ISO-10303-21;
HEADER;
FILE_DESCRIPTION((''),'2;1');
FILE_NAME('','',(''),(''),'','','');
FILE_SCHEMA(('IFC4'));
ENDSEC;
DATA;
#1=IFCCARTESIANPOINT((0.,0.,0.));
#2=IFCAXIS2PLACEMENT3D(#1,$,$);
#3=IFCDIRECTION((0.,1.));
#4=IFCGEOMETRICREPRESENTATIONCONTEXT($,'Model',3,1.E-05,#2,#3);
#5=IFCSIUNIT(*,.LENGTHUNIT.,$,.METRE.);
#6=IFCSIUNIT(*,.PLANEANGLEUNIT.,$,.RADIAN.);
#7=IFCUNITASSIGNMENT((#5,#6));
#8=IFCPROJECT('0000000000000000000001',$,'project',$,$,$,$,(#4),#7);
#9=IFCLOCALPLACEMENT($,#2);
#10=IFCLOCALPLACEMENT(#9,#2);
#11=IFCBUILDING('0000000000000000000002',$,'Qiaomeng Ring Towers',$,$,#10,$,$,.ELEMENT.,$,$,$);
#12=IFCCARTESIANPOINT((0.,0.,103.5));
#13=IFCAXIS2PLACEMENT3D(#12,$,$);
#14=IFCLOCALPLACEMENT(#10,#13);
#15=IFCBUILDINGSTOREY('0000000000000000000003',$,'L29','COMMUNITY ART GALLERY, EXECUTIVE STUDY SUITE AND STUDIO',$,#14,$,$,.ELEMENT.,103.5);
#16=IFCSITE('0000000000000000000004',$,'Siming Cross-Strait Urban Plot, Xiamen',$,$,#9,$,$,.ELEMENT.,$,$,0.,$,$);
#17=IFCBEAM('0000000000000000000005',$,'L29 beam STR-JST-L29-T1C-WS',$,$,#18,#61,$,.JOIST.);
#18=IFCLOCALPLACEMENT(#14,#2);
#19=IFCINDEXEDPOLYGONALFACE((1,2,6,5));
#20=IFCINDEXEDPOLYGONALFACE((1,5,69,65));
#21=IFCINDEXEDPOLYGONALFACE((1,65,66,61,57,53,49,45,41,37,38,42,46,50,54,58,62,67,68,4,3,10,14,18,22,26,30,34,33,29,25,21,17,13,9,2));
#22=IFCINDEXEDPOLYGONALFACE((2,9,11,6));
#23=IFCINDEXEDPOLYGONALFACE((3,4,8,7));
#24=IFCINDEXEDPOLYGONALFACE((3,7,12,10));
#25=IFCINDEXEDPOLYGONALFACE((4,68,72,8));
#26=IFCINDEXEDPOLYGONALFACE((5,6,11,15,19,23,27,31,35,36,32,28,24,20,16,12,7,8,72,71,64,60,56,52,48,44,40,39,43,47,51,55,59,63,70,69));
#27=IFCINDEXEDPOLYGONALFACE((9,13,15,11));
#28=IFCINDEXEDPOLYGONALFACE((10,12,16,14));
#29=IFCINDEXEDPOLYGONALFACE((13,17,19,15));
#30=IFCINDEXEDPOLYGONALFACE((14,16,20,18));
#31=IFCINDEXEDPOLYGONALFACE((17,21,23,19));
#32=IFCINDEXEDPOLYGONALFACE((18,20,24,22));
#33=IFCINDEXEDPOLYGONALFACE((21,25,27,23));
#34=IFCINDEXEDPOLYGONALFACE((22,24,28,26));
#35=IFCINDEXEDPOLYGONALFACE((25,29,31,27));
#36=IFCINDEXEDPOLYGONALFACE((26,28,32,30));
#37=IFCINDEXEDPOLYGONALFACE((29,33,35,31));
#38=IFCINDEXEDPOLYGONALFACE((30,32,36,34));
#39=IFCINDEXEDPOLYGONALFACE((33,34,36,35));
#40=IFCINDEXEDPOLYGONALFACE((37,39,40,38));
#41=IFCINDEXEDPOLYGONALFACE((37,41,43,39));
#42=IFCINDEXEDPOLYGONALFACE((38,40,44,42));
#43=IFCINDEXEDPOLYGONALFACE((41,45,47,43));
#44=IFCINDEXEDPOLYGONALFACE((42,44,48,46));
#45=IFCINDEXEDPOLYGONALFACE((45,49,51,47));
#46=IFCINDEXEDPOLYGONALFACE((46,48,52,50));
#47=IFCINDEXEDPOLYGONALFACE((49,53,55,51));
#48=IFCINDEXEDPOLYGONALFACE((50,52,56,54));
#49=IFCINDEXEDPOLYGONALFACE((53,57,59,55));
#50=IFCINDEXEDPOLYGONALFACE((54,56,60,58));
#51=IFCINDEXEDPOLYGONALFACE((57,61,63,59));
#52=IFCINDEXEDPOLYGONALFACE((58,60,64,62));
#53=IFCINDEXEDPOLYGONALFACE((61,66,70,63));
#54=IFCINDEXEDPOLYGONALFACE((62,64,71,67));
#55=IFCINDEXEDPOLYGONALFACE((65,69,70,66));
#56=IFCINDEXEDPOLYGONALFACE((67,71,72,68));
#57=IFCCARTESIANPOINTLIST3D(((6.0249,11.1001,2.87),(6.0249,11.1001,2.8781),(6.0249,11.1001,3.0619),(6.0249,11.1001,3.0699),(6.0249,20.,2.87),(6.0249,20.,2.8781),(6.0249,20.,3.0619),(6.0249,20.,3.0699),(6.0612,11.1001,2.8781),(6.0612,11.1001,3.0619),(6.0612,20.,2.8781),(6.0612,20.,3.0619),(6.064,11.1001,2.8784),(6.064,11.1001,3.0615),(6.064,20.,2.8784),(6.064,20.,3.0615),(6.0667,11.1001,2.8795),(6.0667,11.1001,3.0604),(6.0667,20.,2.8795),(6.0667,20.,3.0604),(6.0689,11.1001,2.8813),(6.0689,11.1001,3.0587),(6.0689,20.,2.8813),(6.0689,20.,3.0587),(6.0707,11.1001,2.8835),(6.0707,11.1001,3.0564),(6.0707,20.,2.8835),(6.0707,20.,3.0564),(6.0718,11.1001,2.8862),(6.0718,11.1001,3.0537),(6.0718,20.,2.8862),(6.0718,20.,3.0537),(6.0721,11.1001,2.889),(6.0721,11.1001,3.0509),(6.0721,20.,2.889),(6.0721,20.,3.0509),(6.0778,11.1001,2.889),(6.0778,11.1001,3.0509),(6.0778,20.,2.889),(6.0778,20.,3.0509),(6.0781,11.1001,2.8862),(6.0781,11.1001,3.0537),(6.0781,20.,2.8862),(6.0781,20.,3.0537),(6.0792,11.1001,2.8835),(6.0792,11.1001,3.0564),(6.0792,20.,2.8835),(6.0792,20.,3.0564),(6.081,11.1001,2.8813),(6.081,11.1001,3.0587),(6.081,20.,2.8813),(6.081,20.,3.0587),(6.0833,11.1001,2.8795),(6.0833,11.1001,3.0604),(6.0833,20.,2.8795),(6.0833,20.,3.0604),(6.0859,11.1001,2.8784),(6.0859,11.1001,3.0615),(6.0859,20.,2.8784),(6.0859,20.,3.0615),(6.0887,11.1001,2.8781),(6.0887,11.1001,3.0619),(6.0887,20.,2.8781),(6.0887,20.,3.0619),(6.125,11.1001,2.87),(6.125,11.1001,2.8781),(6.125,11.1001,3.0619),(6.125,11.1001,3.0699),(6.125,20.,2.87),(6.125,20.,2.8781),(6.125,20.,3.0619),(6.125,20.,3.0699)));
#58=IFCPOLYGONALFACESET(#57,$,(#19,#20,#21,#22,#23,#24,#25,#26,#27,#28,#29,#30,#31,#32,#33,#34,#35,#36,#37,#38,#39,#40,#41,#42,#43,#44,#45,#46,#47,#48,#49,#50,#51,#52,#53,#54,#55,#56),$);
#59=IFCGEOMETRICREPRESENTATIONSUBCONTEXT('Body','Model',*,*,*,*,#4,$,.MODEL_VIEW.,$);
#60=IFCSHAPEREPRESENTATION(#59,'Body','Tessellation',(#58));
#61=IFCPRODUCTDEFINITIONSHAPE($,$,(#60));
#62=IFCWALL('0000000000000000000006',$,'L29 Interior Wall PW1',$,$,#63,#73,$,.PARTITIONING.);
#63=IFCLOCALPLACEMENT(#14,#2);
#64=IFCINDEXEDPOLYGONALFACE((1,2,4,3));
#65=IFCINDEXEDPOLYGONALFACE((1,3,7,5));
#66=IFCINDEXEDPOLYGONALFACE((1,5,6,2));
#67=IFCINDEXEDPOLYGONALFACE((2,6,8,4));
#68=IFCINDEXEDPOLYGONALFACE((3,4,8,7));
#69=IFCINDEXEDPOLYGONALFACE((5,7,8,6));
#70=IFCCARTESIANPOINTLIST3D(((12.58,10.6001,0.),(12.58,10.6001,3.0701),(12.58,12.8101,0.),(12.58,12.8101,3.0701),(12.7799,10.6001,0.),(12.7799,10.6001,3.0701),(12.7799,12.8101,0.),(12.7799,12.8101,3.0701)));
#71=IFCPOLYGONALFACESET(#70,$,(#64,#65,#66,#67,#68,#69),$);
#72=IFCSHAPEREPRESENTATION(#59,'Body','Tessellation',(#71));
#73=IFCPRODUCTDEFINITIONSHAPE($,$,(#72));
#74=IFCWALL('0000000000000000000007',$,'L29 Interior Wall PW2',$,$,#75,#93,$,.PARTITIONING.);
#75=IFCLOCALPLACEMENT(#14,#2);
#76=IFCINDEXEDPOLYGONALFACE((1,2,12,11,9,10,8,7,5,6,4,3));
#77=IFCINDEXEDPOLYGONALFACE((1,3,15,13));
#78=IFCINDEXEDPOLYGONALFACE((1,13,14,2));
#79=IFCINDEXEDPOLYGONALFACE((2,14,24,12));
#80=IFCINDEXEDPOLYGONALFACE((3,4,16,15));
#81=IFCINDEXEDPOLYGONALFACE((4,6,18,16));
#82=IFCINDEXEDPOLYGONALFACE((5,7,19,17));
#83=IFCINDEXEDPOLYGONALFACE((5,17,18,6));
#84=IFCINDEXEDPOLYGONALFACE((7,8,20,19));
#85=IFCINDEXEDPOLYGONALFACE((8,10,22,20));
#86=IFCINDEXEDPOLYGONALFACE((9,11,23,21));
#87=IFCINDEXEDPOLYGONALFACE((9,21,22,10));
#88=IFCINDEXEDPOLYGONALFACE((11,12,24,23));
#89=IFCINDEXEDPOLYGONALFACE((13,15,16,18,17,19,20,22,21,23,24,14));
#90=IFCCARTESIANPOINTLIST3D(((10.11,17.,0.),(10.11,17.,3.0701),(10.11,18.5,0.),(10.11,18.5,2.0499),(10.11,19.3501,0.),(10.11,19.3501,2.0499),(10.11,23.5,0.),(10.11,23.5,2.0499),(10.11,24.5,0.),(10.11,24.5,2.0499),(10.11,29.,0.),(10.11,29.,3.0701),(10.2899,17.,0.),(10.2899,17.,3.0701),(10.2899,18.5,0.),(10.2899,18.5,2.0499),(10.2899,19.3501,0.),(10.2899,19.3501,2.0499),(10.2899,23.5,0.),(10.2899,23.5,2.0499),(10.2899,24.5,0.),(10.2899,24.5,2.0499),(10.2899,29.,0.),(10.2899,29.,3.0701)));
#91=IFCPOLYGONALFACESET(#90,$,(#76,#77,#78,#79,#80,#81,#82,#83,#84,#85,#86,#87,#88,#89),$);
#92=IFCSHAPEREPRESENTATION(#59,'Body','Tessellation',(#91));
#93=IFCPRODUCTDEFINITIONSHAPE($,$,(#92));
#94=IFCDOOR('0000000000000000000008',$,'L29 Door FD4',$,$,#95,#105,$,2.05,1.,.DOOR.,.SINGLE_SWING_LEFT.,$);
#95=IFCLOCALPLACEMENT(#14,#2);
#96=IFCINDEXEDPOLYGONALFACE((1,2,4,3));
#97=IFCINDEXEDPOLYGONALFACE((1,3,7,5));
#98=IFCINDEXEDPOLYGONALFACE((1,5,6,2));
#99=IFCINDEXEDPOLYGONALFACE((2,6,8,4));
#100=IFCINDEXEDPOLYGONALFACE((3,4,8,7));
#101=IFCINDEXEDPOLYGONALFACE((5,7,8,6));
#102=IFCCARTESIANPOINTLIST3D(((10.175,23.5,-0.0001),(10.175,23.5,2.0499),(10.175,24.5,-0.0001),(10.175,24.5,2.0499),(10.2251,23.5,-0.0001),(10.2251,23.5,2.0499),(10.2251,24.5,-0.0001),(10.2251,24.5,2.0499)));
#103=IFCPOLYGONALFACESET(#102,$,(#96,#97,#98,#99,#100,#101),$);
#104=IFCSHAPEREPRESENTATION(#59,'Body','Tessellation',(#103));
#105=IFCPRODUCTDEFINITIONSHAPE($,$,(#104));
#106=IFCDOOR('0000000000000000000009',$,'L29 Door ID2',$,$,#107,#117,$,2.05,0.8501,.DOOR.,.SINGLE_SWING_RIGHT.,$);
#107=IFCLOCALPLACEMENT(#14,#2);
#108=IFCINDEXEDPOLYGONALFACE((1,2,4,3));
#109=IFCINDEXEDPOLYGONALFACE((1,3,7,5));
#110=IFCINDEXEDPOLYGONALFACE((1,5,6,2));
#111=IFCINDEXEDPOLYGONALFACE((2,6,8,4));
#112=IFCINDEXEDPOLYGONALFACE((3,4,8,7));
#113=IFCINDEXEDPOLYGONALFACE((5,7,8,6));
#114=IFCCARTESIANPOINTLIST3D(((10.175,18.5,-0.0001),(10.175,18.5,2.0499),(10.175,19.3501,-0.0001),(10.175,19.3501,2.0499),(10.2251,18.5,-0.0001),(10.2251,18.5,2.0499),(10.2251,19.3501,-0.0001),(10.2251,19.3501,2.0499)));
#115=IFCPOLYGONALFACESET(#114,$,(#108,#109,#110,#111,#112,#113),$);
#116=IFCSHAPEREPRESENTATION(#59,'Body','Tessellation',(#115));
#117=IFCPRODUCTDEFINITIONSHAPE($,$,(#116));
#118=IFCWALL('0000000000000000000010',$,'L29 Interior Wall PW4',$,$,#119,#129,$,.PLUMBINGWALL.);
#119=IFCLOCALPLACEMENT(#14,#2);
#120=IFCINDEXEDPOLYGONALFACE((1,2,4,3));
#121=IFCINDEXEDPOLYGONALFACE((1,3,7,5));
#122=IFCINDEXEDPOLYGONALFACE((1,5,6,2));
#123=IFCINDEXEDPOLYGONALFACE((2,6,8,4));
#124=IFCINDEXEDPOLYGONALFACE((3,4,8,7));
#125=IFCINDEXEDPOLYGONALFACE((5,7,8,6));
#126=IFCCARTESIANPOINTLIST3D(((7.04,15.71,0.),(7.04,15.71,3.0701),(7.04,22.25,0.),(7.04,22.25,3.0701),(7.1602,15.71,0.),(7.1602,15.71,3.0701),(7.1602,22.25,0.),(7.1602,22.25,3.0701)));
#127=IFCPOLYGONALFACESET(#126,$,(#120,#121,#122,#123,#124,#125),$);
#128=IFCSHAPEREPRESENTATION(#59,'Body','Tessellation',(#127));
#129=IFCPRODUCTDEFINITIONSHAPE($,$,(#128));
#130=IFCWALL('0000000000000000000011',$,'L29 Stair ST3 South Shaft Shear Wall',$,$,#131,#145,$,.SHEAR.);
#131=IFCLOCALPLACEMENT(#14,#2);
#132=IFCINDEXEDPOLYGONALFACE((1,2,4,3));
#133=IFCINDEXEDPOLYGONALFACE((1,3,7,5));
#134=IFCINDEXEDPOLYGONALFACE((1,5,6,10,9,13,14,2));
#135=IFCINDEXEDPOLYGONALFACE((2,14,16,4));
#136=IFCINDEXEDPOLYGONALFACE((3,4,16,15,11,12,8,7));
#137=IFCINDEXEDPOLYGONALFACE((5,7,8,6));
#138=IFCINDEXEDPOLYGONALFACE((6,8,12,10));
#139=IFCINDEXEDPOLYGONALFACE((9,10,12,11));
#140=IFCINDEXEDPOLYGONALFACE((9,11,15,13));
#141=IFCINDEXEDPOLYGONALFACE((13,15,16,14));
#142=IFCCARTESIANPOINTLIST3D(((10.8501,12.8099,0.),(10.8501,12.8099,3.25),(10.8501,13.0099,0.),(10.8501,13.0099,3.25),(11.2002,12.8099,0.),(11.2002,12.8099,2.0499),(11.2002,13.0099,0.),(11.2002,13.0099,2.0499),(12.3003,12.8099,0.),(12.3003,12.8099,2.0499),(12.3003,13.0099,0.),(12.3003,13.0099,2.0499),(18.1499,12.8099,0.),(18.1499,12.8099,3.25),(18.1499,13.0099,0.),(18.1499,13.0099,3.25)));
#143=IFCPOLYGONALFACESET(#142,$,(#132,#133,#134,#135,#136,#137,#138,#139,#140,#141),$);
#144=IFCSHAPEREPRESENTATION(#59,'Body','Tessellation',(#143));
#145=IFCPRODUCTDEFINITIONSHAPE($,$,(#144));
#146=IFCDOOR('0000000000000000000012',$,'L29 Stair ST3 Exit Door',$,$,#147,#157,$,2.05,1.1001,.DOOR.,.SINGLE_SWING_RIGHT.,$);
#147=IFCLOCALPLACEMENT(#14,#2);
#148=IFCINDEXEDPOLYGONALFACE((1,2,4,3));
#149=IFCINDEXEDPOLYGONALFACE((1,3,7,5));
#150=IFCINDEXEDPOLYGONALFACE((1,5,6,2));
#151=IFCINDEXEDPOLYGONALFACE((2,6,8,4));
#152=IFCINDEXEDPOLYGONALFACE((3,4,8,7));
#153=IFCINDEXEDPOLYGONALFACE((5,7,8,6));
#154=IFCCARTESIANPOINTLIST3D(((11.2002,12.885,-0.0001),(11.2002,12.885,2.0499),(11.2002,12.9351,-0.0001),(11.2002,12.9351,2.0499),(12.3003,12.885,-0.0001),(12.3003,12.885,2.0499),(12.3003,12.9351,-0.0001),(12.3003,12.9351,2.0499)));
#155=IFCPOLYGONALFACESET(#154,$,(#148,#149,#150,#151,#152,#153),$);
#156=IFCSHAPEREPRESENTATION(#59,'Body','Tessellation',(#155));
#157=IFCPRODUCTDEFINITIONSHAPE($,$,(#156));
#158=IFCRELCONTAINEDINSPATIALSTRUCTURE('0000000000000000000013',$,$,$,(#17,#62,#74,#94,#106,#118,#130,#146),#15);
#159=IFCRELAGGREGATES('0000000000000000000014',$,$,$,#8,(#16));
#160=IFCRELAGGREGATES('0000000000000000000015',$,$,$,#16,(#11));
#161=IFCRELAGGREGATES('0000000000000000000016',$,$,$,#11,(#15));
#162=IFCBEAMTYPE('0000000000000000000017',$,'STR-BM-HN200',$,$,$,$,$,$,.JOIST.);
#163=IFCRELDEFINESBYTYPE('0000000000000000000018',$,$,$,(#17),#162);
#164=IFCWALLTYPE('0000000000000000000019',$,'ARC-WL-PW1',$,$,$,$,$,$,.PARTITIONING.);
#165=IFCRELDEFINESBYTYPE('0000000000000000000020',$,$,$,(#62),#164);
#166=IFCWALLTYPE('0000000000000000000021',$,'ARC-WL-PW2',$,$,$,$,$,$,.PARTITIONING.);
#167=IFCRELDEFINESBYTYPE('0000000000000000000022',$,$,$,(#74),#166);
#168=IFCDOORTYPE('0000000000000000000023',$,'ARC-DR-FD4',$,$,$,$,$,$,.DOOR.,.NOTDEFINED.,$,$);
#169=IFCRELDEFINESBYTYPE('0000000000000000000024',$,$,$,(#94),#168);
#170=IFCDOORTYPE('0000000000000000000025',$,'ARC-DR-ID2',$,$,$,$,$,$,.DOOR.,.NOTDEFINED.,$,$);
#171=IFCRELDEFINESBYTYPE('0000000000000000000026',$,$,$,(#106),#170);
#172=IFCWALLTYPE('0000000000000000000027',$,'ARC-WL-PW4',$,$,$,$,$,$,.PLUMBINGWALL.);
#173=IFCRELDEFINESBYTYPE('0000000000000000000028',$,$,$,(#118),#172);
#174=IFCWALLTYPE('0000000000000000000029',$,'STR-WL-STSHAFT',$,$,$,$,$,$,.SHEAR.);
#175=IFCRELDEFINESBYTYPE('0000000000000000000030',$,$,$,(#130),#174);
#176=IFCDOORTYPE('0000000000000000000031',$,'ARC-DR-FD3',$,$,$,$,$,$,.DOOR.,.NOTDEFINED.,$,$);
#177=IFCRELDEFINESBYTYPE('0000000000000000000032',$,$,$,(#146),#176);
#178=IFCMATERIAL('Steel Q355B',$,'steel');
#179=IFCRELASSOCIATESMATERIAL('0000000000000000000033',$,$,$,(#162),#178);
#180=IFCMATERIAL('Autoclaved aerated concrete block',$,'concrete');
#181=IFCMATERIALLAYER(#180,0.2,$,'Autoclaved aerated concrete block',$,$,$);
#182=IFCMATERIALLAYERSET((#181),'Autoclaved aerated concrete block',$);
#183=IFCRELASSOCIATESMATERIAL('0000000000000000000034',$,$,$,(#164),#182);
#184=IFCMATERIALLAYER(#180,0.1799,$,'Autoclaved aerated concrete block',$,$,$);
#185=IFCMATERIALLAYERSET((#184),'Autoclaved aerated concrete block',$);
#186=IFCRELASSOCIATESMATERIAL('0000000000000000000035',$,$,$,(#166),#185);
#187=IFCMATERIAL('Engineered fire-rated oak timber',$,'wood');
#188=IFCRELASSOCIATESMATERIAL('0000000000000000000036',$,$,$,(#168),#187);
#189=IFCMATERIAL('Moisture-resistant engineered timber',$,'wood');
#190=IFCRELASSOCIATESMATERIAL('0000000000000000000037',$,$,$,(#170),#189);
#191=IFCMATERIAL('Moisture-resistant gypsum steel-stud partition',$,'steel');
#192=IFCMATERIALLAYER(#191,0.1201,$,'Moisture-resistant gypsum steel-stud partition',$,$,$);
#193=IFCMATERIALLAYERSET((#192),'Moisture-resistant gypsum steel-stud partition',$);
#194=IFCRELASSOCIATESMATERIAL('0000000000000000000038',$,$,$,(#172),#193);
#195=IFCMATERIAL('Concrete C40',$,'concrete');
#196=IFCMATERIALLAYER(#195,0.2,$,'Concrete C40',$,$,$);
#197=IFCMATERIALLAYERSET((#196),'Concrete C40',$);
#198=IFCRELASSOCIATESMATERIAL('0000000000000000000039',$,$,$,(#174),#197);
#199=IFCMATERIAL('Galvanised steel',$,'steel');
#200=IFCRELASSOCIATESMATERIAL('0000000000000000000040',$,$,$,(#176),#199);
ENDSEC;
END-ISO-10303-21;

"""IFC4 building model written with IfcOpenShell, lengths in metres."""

from ifc_helpers import new_model, si_unit, direction, frame, frame_2d, origin, origin_2d, place, context, subcontext, project, spatial, rectangle, i_section, extrude, source, transform, mapped, material, layer, layer_set, material_profile, profile_set, type_object, element, fill, save


model = new_model("IFC4")

# Units and contexts
model_context = context("Model", 3, precision=1e-05, world=origin(), true_north=direction((0.0, 1.0)))
body_context = subcontext(model_context, "Body", "Model", "MODEL_VIEW")
ifc_project = project(units=[si_unit("LENGTHUNIT", "METRE"), si_unit("PLANEANGLEUNIT", "RADIAN")], contexts=[model_context])

# Site, building, storey
site_placement = place(None, origin())
site = spatial("IfcSite", under=ifc_project, at=site_placement, Name="Siming Cross-Strait Urban Plot, Xiamen", CompositionType="ELEMENT", RefElevation=0.0)
building_placement = place(site_placement, origin())
building = spatial("IfcBuilding", under=site, at=building_placement, Name="Qiaomeng Ring Towers", CompositionType="ELEMENT")
storey_placement = place(building_placement, frame((0.0, 0.0, 103.5)))
storey = spatial("IfcBuildingStorey", under=building, at=storey_placement, Name="L29", Description="COMMUNITY ART GALLERY, EXECUTIVE STUDY SUITE AND STUDIO", CompositionType="ELEMENT", Elevation=103.5)

# Beam
ifc_material_1 = material(Name="Steel Q355B", Category="steel")
ifc_material_profile = material_profile(ifc_material_1, i_section(OverallWidth=0.1001, OverallDepth=0.2, WebThickness=0.0056, FlangeThickness=0.0081, FilletRadius=0.011, at=origin_2d()), Name="HN 200x100x5.5x8")
ifc_profile_set = profile_set([ifc_material_profile], Name="Steel Q355B")
beam_type = type_object("IfcBeamType", Name="STR-BM-HN200", PredefinedType="JOIST", material=ifc_profile_set)
shared_shape_1 = source(origin(), body_context, "Body", "SweptSolid", [
    extrude(i_section(OverallWidth=0.1001, OverallDepth=0.2, WebThickness=0.0056, FlangeThickness=0.0081, FilletRadius=0.011, at=origin_2d()), origin(), (0.0, 0.0, 1.0), 8.8999),
])
beam_placement = place(storey_placement, frame((6.075, 11.1001, 2.97), z_axis=(0.0, 1.0, 0.0), x_axis=(-1.0, 0.0, 0.0)))
element("IfcBeam", 1, at=beam_placement, inside=storey, type_object=beam_type, Name="L29 beam STR-JST-L29-T1C-WS", PredefinedType="JOIST", context=body_context, shape_type="MappedRepresentation", body=[
    mapped(shared_shape_1, transform((0.0, 0.0, 0.0), x_axis=(1.0, 0.0, 0.0), y_axis=(0.0, 1.0, 0.0), z_axis=(0.0, 0.0, 1.0), scale=1.0)),
])

# Wall
ifc_material_2 = material(Name="Autoclaved aerated concrete block", Category="concrete")
ifc_layer_1 = layer(ifc_material_2, 0.2, Name="Autoclaved aerated concrete block")
ifc_layer_set_1 = layer_set([ifc_layer_1], Name="Autoclaved aerated concrete block")
wall_type_1 = type_object("IfcWallType", Name="ARC-WL-PW1", PredefinedType="PARTITIONING", material=ifc_layer_set_1)
wall_1_placement = place(storey_placement, frame((12.6799, 10.6001, 0.0), z_axis=(0.0, 0.0, 1.0), x_axis=(0.0, 1.0, 0.0)))
element("IfcWall", 2, at=wall_1_placement, inside=storey, type_object=wall_type_1, Name="L29 Interior Wall PW1", PredefinedType="PARTITIONING", context=body_context, shape_type="SweptSolid", body=[
    extrude(rectangle(XDim=2.21, YDim=0.2, at=frame_2d((1.105, 0.0))), origin(), (0.0, 0.0, 1.0), 3.0701),
])

# Wall, openings, doors
ifc_layer_2 = layer(ifc_material_2, 0.1799, Name="Autoclaved aerated concrete block")
ifc_layer_set_2 = layer_set([ifc_layer_2], Name="Autoclaved aerated concrete block")
wall_type_2 = type_object("IfcWallType", Name="ARC-WL-PW2", PredefinedType="PARTITIONING", material=ifc_layer_set_2)
wall_2_placement = place(storey_placement, frame((10.2, 17.0, 0.0), z_axis=(0.0, 0.0, 1.0), x_axis=(0.0, 1.0, 0.0)))
wall_2 = element("IfcWall", 3, at=wall_2_placement, inside=storey, type_object=wall_type_2, Name="L29 Interior Wall PW2", PredefinedType="PARTITIONING", context=body_context, shape_type="SweptSolid", body=[
    extrude(rectangle(XDim=12.0, YDim=0.1799, at=frame_2d((6.0, 0.0))), origin(), (0.0, 0.0, 1.0), 3.0701),
])
opening_1_placement = place(wall_2_placement, frame((1.5, 0.0, 0.0)))
opening_1 = element("IfcOpeningElement", 4, at=opening_1_placement, cuts=wall_2, PredefinedType="OPENING", context=body_context, shape_type="SweptSolid", body=[
    extrude(rectangle(XDim=0.8501, YDim=2.05, at=frame_2d((0.425, 1.0249))), frame((0.0, 0.0999, 0.0), z_axis=(0.0, -1.0, 0.0), x_axis=(1.0, 0.0, 0.0)), (0.0, 0.0, 1.0), 0.2),
])
opening_2_placement = place(wall_2_placement, frame((6.5, 0.0, 0.0)))
opening_2 = element("IfcOpeningElement", 5, at=opening_2_placement, cuts=wall_2, PredefinedType="OPENING", context=body_context, shape_type="SweptSolid", body=[
    extrude(rectangle(XDim=1.0, YDim=2.05, at=frame_2d((0.5, 1.0249))), frame((0.0, 0.0999, 0.0), z_axis=(0.0, -1.0, 0.0), x_axis=(1.0, 0.0, 0.0)), (0.0, 0.0, 1.0), 0.2),
])
ifc_material_3 = material(Name="Engineered fire-rated oak timber", Category="wood")
door_type_1 = type_object("IfcDoorType", Name="ARC-DR-FD4", OperationType="NOTDEFINED", PredefinedType="DOOR", material=ifc_material_3)
shared_shape_2 = source(origin(), body_context, "Body", "SweptSolid", [
    extrude(rectangle(XDim=1.0, YDim=2.05, at=frame_2d((0.5, 1.0249))), frame((0.0, 0.0249, 0.0), z_axis=(0.0, -1.0, 0.0), x_axis=(1.0, 0.0, 0.0)), (0.0, 0.0, 1.0), 0.05),
])
door_1_placement = place(opening_2_placement, origin())
door_1 = element("IfcDoor", 6, at=door_1_placement, inside=storey, type_object=door_type_1, Name="L29 Door FD4", OperationType="SINGLE_SWING_LEFT", OverallHeight=2.05, OverallWidth=1.0, PredefinedType="DOOR", context=body_context, shape_type="MappedRepresentation", body=[
    mapped(shared_shape_2, transform((0.0, 0.0, 0.0), x_axis=(1.0, 0.0, 0.0), y_axis=(0.0, 1.0, 0.0), z_axis=(0.0, 0.0, 1.0), scale=1.0)),
])
fill(opening_2, door_1)
ifc_material_4 = material(Name="Moisture-resistant engineered timber", Category="wood")
door_type_2 = type_object("IfcDoorType", Name="ARC-DR-ID2", OperationType="NOTDEFINED", PredefinedType="DOOR", material=ifc_material_4)
shared_shape_3 = source(origin(), body_context, "Body", "SweptSolid", [
    extrude(rectangle(XDim=0.8501, YDim=2.05, at=frame_2d((0.425, 1.0249))), frame((0.0, 0.0249, 0.0), z_axis=(0.0, -1.0, 0.0), x_axis=(1.0, 0.0, 0.0)), (0.0, 0.0, 1.0), 0.05),
])
door_2_placement = place(opening_1_placement, origin())
door_2 = element("IfcDoor", 7, at=door_2_placement, inside=storey, type_object=door_type_2, Name="L29 Door ID2", OperationType="SINGLE_SWING_RIGHT", OverallHeight=2.05, OverallWidth=0.8501, PredefinedType="DOOR", context=body_context, shape_type="MappedRepresentation", body=[
    mapped(shared_shape_3, transform((0.0, 0.0, 0.0), x_axis=(1.0, 0.0, 0.0), y_axis=(0.0, 1.0, 0.0), z_axis=(0.0, 0.0, 1.0), scale=1.0)),
])
fill(opening_1, door_2)

# Wall
ifc_material_5 = material(Name="Moisture-resistant gypsum steel-stud partition", Category="steel")
ifc_layer_3 = layer(ifc_material_5, 0.1201, Name="Moisture-resistant gypsum steel-stud partition")
ifc_layer_set_3 = layer_set([ifc_layer_3], Name="Moisture-resistant gypsum steel-stud partition")
wall_type_3 = type_object("IfcWallType", Name="ARC-WL-PW4", PredefinedType="PLUMBINGWALL", material=ifc_layer_set_3)
wall_3_placement = place(storey_placement, frame((7.1001, 15.71, 0.0), z_axis=(0.0, 0.0, 1.0), x_axis=(0.0, 1.0, 0.0)))
element("IfcWall", 8, at=wall_3_placement, inside=storey, type_object=wall_type_3, Name="L29 Interior Wall PW4", PredefinedType="PLUMBINGWALL", context=body_context, shape_type="SweptSolid", body=[
    extrude(rectangle(XDim=6.54, YDim=0.1201, at=frame_2d((3.27, 0.0))), origin(), (0.0, 0.0, 1.0), 3.0701),
])

# Wall, opening, door
ifc_material_6 = material(Name="Concrete C40", Category="concrete")
ifc_layer_4 = layer(ifc_material_6, 0.2, Name="Concrete C40")
ifc_layer_set_4 = layer_set([ifc_layer_4], Name="Concrete C40")
wall_type_4 = type_object("IfcWallType", Name="STR-WL-STSHAFT", PredefinedType="SHEAR", material=ifc_layer_set_4)
wall_4_placement = place(storey_placement, frame((10.8501, 12.9099, 0.0), z_axis=(0.0, 0.0, 1.0), x_axis=(1.0, 0.0, 0.0)))
wall_4 = element("IfcWall", 9, at=wall_4_placement, inside=storey, type_object=wall_type_4, Name="L29 Stair ST3 South Shaft Shear Wall", PredefinedType="SHEAR", context=body_context, shape_type="SweptSolid", body=[
    extrude(rectangle(XDim=7.2998, YDim=0.2, at=frame_2d((3.6499, 0.0))), origin(), (0.0, 0.0, 1.0), 3.25),
])
opening_3_placement = place(wall_4_placement, frame((0.3501, 0.0, 0.0)))
opening_3 = element("IfcOpeningElement", 10, at=opening_3_placement, cuts=wall_4, PredefinedType="OPENING", context=body_context, shape_type="SweptSolid", body=[
    extrude(rectangle(XDim=1.1001, YDim=2.05, at=frame_2d((0.55, 1.0249))), frame((0.0, 0.1099, 0.0), z_axis=(0.0, -1.0, 0.0), x_axis=(1.0, 0.0, 0.0)), (0.0, 0.0, 1.0), 0.22),
])
ifc_material_7 = material(Name="Galvanised steel", Category="steel")
door_type_3 = type_object("IfcDoorType", Name="ARC-DR-FD3", OperationType="NOTDEFINED", PredefinedType="DOOR", material=ifc_material_7)
shared_shape_4 = source(origin(), body_context, "Body", "SweptSolid", [
    extrude(rectangle(XDim=1.1001, YDim=2.05, at=frame_2d((0.55, 1.0249))), frame((0.0, 0.0249, 0.0), z_axis=(0.0, -1.0, 0.0), x_axis=(1.0, 0.0, 0.0)), (0.0, 0.0, 1.0), 0.05),
])
door_3_placement = place(opening_3_placement, frame((1.1001, 0.0, 0.0), z_axis=(0.0, 0.0, 1.0), x_axis=(-1.0, 0.0, 0.0)))
door_3 = element("IfcDoor", 11, at=door_3_placement, inside=storey, type_object=door_type_3, Name="L29 Stair ST3 Exit Door", OperationType="SINGLE_SWING_RIGHT", OverallHeight=2.05, OverallWidth=1.1001, PredefinedType="DOOR", context=body_context, shape_type="MappedRepresentation", body=[
    mapped(shared_shape_4, transform((0.0, 0.0, 0.0), x_axis=(1.0, 0.0, 0.0), y_axis=(0.0, 1.0, 0.0), z_axis=(0.0, 0.0, 1.0), scale=1.0)),
])
fill(opening_3, door_3)

save(model, "model.ifc")
